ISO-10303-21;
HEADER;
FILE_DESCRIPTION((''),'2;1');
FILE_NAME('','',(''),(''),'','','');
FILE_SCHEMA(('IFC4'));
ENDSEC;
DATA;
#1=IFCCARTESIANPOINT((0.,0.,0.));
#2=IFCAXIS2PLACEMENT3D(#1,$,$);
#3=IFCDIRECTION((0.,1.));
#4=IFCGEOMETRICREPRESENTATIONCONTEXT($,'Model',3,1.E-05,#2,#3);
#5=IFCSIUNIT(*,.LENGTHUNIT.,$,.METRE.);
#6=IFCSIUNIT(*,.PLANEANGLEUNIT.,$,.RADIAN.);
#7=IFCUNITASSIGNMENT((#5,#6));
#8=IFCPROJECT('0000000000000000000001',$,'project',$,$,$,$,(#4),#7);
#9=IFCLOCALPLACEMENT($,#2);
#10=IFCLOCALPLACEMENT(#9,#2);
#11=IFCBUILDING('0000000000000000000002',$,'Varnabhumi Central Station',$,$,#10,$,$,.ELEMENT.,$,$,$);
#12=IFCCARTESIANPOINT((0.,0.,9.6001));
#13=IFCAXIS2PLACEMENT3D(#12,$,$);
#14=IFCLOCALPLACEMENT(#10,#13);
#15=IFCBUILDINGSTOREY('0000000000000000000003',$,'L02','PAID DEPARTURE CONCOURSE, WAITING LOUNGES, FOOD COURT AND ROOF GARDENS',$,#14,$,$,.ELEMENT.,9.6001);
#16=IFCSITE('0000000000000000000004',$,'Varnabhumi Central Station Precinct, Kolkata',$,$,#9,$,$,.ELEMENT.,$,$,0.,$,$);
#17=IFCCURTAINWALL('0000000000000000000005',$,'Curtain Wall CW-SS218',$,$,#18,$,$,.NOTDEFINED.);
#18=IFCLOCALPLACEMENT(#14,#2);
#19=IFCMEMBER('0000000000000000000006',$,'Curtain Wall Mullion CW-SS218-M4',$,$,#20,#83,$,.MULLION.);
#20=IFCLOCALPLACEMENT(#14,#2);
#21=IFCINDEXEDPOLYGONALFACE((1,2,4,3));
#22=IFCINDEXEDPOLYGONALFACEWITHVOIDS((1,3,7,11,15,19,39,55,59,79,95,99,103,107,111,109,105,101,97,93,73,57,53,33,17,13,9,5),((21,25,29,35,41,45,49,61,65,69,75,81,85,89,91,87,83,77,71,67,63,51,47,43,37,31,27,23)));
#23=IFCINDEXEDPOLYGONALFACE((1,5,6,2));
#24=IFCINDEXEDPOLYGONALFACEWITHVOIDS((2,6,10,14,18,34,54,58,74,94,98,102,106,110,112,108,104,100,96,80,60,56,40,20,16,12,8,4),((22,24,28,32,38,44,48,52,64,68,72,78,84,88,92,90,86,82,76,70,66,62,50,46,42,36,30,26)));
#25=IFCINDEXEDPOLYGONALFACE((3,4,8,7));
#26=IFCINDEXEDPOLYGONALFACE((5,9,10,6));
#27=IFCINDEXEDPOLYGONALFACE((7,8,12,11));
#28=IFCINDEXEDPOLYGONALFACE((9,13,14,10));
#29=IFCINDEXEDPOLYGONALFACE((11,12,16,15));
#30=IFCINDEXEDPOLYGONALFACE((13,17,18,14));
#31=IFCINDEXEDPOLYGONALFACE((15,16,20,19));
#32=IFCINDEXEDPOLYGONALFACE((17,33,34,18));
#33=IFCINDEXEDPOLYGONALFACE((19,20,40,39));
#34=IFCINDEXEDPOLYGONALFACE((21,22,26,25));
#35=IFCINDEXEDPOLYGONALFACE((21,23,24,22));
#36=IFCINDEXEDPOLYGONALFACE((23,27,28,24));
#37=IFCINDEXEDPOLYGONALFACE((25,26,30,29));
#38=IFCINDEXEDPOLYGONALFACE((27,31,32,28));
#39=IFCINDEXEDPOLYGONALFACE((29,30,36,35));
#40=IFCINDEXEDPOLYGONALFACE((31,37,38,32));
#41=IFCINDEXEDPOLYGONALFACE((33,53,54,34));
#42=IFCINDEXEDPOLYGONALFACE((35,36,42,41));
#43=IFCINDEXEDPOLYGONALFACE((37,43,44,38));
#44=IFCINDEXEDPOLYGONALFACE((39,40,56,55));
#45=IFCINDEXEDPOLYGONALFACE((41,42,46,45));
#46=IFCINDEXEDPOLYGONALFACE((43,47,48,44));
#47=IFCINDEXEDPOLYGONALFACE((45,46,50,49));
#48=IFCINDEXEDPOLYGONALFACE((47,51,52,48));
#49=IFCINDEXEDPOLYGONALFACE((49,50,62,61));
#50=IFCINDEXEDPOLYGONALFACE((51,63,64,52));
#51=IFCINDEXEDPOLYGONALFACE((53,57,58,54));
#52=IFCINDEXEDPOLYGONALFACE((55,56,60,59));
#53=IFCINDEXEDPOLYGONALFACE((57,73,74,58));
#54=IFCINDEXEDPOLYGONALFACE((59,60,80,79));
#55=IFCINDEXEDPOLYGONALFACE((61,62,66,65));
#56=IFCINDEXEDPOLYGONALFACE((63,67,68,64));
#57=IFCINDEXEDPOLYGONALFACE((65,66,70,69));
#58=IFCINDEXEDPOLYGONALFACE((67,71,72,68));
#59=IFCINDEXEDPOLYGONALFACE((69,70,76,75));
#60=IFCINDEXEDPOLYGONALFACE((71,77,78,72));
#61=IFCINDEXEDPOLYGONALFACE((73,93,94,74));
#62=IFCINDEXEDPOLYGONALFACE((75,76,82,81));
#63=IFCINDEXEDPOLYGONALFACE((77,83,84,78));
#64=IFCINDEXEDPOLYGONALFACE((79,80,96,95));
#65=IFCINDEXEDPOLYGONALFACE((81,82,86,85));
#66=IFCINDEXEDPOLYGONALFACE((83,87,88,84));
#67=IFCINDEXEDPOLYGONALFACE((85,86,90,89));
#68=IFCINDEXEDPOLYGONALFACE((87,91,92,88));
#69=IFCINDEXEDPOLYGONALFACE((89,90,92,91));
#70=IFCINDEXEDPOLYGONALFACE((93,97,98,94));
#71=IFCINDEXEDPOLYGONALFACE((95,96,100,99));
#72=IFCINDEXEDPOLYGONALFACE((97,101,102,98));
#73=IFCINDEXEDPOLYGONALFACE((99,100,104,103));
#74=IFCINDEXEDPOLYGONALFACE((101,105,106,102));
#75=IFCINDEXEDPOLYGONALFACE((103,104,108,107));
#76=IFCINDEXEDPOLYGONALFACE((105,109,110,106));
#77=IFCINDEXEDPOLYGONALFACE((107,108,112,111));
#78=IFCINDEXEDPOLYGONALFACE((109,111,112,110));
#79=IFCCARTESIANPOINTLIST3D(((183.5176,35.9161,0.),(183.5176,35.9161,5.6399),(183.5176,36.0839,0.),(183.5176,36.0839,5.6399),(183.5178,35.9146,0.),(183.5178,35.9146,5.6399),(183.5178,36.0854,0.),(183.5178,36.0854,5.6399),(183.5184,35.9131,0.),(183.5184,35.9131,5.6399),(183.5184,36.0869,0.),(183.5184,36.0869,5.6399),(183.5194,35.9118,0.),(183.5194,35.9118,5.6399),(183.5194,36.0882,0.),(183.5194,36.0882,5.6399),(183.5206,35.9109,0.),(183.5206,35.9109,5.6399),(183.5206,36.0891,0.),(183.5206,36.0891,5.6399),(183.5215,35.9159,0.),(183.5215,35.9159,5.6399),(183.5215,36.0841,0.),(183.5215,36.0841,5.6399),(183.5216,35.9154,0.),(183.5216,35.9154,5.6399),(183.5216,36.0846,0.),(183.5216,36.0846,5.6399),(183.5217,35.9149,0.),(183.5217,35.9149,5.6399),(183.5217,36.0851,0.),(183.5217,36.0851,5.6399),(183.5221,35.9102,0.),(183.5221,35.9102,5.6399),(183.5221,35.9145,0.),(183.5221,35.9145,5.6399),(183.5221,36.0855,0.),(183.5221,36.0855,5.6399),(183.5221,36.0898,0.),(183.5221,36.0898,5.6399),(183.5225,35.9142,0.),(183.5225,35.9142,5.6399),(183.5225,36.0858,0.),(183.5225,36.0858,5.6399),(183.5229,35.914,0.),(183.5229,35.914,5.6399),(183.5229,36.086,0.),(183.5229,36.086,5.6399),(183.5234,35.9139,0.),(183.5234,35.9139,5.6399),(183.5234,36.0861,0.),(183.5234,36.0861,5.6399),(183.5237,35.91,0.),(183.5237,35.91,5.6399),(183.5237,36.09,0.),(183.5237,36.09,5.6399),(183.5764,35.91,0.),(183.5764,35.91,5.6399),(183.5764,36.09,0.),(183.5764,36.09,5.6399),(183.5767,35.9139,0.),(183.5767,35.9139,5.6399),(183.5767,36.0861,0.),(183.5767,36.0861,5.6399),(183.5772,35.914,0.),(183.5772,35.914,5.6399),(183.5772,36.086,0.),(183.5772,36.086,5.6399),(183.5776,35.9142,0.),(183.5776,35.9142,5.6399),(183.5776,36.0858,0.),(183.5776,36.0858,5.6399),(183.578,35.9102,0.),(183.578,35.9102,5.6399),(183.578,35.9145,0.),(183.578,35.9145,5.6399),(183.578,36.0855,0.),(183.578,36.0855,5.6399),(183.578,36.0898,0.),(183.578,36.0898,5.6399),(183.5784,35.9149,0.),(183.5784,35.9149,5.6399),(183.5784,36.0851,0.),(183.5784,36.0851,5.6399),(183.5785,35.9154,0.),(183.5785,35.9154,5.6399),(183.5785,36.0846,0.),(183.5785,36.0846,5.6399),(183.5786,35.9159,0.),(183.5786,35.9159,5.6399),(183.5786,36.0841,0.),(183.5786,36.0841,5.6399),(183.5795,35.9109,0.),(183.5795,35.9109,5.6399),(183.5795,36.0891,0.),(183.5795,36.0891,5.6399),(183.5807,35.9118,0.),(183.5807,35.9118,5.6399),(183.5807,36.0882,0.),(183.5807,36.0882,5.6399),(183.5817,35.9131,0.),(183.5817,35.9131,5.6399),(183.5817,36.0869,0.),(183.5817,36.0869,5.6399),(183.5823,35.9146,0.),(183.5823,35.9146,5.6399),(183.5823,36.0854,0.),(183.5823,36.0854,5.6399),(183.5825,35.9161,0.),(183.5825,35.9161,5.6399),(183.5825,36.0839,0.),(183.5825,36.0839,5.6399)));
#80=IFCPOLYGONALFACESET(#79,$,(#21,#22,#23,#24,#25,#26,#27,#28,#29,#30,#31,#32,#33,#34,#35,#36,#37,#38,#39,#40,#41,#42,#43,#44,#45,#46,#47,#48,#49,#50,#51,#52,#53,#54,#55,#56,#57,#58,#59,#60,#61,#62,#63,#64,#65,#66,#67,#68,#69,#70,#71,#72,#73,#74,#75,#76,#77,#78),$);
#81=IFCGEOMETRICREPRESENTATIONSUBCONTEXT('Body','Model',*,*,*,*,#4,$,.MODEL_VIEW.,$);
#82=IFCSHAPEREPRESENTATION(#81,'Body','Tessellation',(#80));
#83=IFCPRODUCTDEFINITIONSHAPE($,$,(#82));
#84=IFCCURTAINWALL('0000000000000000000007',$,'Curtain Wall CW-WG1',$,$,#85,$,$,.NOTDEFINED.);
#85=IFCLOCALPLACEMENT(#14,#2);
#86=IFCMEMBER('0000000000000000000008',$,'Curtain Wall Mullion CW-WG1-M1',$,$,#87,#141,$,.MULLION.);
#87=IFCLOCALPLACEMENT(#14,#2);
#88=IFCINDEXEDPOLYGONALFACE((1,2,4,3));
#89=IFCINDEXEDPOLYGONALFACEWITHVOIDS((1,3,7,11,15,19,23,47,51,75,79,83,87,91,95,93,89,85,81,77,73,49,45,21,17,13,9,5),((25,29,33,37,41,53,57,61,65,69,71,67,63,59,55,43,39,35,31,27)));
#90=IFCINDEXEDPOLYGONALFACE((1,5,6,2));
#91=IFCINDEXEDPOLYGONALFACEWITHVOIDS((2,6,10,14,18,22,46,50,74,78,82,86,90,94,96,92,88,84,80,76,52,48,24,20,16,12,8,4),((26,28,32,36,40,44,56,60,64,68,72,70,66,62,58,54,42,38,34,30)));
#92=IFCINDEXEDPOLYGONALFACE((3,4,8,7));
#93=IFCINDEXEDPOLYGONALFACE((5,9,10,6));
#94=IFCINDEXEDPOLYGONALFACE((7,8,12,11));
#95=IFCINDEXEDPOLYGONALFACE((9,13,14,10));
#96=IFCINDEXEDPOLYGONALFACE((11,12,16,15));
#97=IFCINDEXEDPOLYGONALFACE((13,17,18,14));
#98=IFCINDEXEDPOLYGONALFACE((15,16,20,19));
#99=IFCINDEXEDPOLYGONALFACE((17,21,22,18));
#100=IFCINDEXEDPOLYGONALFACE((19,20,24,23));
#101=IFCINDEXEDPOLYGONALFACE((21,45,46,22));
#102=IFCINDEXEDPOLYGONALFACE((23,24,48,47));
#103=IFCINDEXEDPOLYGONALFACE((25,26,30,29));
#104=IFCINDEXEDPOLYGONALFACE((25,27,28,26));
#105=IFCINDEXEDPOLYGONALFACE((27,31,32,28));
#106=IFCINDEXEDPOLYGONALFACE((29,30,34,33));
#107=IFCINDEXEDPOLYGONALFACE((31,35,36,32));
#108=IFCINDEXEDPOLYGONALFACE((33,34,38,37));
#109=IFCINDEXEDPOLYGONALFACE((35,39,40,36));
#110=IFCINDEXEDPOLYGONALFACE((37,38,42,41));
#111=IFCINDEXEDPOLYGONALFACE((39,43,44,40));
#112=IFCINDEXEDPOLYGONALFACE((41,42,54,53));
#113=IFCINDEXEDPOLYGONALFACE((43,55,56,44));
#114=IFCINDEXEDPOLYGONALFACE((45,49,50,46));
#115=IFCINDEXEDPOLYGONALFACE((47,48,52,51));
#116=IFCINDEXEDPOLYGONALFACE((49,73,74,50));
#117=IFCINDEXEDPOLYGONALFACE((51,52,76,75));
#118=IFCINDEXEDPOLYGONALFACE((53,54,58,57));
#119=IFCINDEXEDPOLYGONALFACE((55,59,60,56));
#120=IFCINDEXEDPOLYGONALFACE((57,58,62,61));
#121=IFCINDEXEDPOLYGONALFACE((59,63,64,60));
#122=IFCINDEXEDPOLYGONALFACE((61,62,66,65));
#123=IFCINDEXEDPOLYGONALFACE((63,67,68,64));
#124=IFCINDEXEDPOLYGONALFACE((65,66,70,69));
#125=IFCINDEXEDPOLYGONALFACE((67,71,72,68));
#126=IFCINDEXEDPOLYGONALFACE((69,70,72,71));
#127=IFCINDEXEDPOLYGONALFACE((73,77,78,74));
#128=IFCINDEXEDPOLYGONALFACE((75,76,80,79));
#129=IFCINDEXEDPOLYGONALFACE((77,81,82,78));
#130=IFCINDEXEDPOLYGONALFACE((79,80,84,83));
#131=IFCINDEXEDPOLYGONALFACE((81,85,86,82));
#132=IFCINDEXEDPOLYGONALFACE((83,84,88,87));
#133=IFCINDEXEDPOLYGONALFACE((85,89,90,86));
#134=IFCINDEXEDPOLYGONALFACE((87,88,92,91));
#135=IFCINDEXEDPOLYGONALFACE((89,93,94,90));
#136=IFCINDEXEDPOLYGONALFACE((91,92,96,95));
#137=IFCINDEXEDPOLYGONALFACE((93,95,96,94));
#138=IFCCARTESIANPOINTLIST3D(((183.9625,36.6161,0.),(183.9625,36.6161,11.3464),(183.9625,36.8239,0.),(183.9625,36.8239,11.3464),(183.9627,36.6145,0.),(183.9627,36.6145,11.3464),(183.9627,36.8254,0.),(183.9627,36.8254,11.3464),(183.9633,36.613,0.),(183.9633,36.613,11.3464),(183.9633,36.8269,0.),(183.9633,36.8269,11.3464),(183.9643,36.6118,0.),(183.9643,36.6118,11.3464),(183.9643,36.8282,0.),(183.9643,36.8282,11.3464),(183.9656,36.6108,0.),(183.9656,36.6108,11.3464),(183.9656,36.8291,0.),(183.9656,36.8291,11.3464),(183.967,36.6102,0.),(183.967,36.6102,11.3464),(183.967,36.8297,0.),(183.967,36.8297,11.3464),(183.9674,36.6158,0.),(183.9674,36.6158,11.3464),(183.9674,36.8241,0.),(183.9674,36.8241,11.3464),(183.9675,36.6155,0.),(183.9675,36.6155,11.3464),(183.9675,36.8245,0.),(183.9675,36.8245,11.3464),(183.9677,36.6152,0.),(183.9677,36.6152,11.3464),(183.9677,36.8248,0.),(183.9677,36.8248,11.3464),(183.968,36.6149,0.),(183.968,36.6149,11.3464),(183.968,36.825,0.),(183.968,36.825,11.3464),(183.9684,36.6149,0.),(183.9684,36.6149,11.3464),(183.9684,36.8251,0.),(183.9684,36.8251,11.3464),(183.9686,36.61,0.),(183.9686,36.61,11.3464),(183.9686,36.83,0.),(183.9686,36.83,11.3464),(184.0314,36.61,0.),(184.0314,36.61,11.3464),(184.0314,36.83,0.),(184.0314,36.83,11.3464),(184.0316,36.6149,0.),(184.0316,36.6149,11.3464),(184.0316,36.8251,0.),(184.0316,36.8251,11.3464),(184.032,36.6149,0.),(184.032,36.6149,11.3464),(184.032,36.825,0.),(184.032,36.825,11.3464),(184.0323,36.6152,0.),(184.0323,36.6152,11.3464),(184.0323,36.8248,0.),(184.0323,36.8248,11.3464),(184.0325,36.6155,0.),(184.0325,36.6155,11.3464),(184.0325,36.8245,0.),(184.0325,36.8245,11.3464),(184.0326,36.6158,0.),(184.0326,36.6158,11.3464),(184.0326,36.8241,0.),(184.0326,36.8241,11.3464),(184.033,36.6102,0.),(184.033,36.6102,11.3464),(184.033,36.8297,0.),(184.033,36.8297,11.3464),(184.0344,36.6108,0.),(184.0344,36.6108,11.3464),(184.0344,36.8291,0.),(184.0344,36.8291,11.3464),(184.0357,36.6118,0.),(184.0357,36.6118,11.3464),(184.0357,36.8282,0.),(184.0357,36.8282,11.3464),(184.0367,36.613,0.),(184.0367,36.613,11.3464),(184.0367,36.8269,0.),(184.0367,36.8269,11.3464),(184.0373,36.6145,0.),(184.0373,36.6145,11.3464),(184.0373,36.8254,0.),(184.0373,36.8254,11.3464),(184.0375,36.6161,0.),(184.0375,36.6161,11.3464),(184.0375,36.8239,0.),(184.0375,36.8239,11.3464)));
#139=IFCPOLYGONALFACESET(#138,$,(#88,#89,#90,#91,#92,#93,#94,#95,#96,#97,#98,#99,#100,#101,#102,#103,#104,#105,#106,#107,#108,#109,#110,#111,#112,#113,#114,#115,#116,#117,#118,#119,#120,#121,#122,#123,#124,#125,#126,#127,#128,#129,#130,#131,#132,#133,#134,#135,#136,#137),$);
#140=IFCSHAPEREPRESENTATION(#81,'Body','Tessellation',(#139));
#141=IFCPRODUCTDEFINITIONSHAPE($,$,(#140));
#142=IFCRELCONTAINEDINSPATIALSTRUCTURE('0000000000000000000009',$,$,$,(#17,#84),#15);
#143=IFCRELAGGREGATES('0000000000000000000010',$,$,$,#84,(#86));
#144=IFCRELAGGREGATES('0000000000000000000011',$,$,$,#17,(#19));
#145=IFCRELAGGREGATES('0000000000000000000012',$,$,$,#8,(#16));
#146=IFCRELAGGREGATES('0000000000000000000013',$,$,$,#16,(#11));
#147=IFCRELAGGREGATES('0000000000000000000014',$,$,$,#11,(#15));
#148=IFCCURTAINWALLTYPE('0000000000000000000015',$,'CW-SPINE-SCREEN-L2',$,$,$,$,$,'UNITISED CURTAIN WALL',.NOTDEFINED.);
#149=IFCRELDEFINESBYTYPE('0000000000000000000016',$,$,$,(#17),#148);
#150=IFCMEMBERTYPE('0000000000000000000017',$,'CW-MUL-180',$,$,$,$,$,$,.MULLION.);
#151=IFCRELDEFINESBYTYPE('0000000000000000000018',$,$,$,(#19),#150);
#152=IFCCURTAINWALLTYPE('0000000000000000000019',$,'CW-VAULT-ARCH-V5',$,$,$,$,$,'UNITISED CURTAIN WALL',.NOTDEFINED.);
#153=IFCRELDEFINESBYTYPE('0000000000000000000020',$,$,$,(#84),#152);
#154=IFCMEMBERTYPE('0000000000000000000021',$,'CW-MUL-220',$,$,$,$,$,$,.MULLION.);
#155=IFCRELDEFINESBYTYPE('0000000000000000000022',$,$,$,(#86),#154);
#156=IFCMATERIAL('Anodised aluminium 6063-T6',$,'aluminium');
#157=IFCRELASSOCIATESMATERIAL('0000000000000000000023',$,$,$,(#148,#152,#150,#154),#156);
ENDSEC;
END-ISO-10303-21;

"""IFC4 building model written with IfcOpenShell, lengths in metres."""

from ifc_helpers import new_model, si_unit, direction, frame, origin, origin_2d, place, context, subcontext, project, spatial, hollow_rectangle, extrude, material, material_profile, profile_set, type_object, element, aggregate, save


model = new_model("IFC4")

# Units and contexts
model_context = context("Model", 3, precision=1e-05, world=origin(), true_north=direction((0.0, 1.0)))
body_context = subcontext(model_context, "Body", "Model", "MODEL_VIEW")
ifc_project = project(units=[si_unit("LENGTHUNIT", "METRE"), si_unit("PLANEANGLEUNIT", "RADIAN")], contexts=[model_context])

# Site, building, storey
site_placement = place(None, origin())
site = spatial("IfcSite", under=ifc_project, at=site_placement, Name="Varnabhumi Central Station Precinct, Kolkata", CompositionType="ELEMENT", RefElevation=0.0)
building_placement = place(site_placement, origin())
building = spatial("IfcBuilding", under=site, at=building_placement, Name="Varnabhumi Central Station", CompositionType="ELEMENT")
storey_placement = place(building_placement, frame((0.0, 0.0, 9.6001)))
storey = spatial("IfcBuildingStorey", under=building, at=storey_placement, Name="L02", Description="PAID DEPARTURE CONCOURSE, WAITING LOUNGES, FOOD COURT AND ROOF GARDENS", CompositionType="ELEMENT", Elevation=9.6001)

# Curtain wall, member
ifc_material_1 = material(Name="Anodised aluminium 6063-T6", Category="aluminium")
curtain_wall_type_1 = type_object("IfcCurtainWallType", Name="CW-SPINE-SCREEN-L2", ElementType="UNITISED CURTAIN WALL", PredefinedType="NOTDEFINED", material=ifc_material_1)
curtain_wall_1_placement = place(storey_placement, origin())
curtain_wall_1 = element("IfcCurtainWall", 1, at=curtain_wall_1_placement, inside=storey, type_object=curtain_wall_type_1, Name="Curtain Wall CW-SS218", PredefinedType="NOTDEFINED")
ifc_material_profile_1 = material_profile(ifc_material_1, hollow_rectangle(XDim=0.0649, YDim=0.1799, WallThickness=0.0039, InnerFilletRadius=0.002, OuterFilletRadius=0.0061, at=origin_2d()), Name="Anodised aluminium 6063-T6", Category="aluminium")
ifc_profile_set_1 = profile_set([ifc_material_profile_1], Name="Anodised aluminium 6063-T6")
member_type_1 = type_object("IfcMemberType", Name="CW-MUL-180", PredefinedType="MULLION", material=ifc_profile_set_1)
member_1_placement = place(storey_placement, frame((183.55, 36.0, 0.0), z_axis=(0.0, 0.0, 1.0), x_axis=(1.0, 0.0, 0.0)))
member_1 = element("IfcMember", 2, at=member_1_placement, type_object=member_type_1, Name="Curtain Wall Mullion CW-SS218-M4", PredefinedType="MULLION", context=body_context, shape_type="SweptSolid", body=[
    extrude(hollow_rectangle(XDim=0.0649, YDim=0.1799, WallThickness=0.0039, InnerFilletRadius=0.002, OuterFilletRadius=0.0061, at=origin_2d()), origin(), (0.0, 0.0, 1.0), 5.6399),
])

# Curtain wall, member
curtain_wall_type_2 = type_object("IfcCurtainWallType", Name="CW-VAULT-ARCH-V5", ElementType="UNITISED CURTAIN WALL", PredefinedType="NOTDEFINED", material=ifc_material_1)
curtain_wall_2_placement = place(storey_placement, origin())
curtain_wall_2 = element("IfcCurtainWall", 3, at=curtain_wall_2_placement, inside=storey, type_object=curtain_wall_type_2, Name="Curtain Wall CW-WG1", PredefinedType="NOTDEFINED")
ifc_material_profile_2 = material_profile(ifc_material_1, hollow_rectangle(XDim=0.075, YDim=0.22, WallThickness=0.0049, InnerFilletRadius=0.001, OuterFilletRadius=0.0061, at=origin_2d()), Name="Anodised aluminium 6063-T6", Category="aluminium")
ifc_profile_set_2 = profile_set([ifc_material_profile_2], Name="Anodised aluminium 6063-T6")
member_type_2 = type_object("IfcMemberType", Name="CW-MUL-220", PredefinedType="MULLION", material=ifc_profile_set_2)
member_2_placement = place(storey_placement, frame((184.0, 36.72, 0.0), z_axis=(0.0, 0.0, 1.0), x_axis=(1.0, 0.0, 0.0)))
member_2 = element("IfcMember", 4, at=member_2_placement, type_object=member_type_2, Name="Curtain Wall Mullion CW-WG1-M1", PredefinedType="MULLION", context=body_context, shape_type="SweptSolid", body=[
    extrude(hollow_rectangle(XDim=0.075, YDim=0.22, WallThickness=0.0049, InnerFilletRadius=0.001, OuterFilletRadius=0.0061, at=origin_2d()), origin(), (0.0, 0.0, 1.0), 11.3464),
])

aggregate(curtain_wall_2, [member_2])

aggregate(curtain_wall_1, [member_1])

save(model, "model.ifc")
